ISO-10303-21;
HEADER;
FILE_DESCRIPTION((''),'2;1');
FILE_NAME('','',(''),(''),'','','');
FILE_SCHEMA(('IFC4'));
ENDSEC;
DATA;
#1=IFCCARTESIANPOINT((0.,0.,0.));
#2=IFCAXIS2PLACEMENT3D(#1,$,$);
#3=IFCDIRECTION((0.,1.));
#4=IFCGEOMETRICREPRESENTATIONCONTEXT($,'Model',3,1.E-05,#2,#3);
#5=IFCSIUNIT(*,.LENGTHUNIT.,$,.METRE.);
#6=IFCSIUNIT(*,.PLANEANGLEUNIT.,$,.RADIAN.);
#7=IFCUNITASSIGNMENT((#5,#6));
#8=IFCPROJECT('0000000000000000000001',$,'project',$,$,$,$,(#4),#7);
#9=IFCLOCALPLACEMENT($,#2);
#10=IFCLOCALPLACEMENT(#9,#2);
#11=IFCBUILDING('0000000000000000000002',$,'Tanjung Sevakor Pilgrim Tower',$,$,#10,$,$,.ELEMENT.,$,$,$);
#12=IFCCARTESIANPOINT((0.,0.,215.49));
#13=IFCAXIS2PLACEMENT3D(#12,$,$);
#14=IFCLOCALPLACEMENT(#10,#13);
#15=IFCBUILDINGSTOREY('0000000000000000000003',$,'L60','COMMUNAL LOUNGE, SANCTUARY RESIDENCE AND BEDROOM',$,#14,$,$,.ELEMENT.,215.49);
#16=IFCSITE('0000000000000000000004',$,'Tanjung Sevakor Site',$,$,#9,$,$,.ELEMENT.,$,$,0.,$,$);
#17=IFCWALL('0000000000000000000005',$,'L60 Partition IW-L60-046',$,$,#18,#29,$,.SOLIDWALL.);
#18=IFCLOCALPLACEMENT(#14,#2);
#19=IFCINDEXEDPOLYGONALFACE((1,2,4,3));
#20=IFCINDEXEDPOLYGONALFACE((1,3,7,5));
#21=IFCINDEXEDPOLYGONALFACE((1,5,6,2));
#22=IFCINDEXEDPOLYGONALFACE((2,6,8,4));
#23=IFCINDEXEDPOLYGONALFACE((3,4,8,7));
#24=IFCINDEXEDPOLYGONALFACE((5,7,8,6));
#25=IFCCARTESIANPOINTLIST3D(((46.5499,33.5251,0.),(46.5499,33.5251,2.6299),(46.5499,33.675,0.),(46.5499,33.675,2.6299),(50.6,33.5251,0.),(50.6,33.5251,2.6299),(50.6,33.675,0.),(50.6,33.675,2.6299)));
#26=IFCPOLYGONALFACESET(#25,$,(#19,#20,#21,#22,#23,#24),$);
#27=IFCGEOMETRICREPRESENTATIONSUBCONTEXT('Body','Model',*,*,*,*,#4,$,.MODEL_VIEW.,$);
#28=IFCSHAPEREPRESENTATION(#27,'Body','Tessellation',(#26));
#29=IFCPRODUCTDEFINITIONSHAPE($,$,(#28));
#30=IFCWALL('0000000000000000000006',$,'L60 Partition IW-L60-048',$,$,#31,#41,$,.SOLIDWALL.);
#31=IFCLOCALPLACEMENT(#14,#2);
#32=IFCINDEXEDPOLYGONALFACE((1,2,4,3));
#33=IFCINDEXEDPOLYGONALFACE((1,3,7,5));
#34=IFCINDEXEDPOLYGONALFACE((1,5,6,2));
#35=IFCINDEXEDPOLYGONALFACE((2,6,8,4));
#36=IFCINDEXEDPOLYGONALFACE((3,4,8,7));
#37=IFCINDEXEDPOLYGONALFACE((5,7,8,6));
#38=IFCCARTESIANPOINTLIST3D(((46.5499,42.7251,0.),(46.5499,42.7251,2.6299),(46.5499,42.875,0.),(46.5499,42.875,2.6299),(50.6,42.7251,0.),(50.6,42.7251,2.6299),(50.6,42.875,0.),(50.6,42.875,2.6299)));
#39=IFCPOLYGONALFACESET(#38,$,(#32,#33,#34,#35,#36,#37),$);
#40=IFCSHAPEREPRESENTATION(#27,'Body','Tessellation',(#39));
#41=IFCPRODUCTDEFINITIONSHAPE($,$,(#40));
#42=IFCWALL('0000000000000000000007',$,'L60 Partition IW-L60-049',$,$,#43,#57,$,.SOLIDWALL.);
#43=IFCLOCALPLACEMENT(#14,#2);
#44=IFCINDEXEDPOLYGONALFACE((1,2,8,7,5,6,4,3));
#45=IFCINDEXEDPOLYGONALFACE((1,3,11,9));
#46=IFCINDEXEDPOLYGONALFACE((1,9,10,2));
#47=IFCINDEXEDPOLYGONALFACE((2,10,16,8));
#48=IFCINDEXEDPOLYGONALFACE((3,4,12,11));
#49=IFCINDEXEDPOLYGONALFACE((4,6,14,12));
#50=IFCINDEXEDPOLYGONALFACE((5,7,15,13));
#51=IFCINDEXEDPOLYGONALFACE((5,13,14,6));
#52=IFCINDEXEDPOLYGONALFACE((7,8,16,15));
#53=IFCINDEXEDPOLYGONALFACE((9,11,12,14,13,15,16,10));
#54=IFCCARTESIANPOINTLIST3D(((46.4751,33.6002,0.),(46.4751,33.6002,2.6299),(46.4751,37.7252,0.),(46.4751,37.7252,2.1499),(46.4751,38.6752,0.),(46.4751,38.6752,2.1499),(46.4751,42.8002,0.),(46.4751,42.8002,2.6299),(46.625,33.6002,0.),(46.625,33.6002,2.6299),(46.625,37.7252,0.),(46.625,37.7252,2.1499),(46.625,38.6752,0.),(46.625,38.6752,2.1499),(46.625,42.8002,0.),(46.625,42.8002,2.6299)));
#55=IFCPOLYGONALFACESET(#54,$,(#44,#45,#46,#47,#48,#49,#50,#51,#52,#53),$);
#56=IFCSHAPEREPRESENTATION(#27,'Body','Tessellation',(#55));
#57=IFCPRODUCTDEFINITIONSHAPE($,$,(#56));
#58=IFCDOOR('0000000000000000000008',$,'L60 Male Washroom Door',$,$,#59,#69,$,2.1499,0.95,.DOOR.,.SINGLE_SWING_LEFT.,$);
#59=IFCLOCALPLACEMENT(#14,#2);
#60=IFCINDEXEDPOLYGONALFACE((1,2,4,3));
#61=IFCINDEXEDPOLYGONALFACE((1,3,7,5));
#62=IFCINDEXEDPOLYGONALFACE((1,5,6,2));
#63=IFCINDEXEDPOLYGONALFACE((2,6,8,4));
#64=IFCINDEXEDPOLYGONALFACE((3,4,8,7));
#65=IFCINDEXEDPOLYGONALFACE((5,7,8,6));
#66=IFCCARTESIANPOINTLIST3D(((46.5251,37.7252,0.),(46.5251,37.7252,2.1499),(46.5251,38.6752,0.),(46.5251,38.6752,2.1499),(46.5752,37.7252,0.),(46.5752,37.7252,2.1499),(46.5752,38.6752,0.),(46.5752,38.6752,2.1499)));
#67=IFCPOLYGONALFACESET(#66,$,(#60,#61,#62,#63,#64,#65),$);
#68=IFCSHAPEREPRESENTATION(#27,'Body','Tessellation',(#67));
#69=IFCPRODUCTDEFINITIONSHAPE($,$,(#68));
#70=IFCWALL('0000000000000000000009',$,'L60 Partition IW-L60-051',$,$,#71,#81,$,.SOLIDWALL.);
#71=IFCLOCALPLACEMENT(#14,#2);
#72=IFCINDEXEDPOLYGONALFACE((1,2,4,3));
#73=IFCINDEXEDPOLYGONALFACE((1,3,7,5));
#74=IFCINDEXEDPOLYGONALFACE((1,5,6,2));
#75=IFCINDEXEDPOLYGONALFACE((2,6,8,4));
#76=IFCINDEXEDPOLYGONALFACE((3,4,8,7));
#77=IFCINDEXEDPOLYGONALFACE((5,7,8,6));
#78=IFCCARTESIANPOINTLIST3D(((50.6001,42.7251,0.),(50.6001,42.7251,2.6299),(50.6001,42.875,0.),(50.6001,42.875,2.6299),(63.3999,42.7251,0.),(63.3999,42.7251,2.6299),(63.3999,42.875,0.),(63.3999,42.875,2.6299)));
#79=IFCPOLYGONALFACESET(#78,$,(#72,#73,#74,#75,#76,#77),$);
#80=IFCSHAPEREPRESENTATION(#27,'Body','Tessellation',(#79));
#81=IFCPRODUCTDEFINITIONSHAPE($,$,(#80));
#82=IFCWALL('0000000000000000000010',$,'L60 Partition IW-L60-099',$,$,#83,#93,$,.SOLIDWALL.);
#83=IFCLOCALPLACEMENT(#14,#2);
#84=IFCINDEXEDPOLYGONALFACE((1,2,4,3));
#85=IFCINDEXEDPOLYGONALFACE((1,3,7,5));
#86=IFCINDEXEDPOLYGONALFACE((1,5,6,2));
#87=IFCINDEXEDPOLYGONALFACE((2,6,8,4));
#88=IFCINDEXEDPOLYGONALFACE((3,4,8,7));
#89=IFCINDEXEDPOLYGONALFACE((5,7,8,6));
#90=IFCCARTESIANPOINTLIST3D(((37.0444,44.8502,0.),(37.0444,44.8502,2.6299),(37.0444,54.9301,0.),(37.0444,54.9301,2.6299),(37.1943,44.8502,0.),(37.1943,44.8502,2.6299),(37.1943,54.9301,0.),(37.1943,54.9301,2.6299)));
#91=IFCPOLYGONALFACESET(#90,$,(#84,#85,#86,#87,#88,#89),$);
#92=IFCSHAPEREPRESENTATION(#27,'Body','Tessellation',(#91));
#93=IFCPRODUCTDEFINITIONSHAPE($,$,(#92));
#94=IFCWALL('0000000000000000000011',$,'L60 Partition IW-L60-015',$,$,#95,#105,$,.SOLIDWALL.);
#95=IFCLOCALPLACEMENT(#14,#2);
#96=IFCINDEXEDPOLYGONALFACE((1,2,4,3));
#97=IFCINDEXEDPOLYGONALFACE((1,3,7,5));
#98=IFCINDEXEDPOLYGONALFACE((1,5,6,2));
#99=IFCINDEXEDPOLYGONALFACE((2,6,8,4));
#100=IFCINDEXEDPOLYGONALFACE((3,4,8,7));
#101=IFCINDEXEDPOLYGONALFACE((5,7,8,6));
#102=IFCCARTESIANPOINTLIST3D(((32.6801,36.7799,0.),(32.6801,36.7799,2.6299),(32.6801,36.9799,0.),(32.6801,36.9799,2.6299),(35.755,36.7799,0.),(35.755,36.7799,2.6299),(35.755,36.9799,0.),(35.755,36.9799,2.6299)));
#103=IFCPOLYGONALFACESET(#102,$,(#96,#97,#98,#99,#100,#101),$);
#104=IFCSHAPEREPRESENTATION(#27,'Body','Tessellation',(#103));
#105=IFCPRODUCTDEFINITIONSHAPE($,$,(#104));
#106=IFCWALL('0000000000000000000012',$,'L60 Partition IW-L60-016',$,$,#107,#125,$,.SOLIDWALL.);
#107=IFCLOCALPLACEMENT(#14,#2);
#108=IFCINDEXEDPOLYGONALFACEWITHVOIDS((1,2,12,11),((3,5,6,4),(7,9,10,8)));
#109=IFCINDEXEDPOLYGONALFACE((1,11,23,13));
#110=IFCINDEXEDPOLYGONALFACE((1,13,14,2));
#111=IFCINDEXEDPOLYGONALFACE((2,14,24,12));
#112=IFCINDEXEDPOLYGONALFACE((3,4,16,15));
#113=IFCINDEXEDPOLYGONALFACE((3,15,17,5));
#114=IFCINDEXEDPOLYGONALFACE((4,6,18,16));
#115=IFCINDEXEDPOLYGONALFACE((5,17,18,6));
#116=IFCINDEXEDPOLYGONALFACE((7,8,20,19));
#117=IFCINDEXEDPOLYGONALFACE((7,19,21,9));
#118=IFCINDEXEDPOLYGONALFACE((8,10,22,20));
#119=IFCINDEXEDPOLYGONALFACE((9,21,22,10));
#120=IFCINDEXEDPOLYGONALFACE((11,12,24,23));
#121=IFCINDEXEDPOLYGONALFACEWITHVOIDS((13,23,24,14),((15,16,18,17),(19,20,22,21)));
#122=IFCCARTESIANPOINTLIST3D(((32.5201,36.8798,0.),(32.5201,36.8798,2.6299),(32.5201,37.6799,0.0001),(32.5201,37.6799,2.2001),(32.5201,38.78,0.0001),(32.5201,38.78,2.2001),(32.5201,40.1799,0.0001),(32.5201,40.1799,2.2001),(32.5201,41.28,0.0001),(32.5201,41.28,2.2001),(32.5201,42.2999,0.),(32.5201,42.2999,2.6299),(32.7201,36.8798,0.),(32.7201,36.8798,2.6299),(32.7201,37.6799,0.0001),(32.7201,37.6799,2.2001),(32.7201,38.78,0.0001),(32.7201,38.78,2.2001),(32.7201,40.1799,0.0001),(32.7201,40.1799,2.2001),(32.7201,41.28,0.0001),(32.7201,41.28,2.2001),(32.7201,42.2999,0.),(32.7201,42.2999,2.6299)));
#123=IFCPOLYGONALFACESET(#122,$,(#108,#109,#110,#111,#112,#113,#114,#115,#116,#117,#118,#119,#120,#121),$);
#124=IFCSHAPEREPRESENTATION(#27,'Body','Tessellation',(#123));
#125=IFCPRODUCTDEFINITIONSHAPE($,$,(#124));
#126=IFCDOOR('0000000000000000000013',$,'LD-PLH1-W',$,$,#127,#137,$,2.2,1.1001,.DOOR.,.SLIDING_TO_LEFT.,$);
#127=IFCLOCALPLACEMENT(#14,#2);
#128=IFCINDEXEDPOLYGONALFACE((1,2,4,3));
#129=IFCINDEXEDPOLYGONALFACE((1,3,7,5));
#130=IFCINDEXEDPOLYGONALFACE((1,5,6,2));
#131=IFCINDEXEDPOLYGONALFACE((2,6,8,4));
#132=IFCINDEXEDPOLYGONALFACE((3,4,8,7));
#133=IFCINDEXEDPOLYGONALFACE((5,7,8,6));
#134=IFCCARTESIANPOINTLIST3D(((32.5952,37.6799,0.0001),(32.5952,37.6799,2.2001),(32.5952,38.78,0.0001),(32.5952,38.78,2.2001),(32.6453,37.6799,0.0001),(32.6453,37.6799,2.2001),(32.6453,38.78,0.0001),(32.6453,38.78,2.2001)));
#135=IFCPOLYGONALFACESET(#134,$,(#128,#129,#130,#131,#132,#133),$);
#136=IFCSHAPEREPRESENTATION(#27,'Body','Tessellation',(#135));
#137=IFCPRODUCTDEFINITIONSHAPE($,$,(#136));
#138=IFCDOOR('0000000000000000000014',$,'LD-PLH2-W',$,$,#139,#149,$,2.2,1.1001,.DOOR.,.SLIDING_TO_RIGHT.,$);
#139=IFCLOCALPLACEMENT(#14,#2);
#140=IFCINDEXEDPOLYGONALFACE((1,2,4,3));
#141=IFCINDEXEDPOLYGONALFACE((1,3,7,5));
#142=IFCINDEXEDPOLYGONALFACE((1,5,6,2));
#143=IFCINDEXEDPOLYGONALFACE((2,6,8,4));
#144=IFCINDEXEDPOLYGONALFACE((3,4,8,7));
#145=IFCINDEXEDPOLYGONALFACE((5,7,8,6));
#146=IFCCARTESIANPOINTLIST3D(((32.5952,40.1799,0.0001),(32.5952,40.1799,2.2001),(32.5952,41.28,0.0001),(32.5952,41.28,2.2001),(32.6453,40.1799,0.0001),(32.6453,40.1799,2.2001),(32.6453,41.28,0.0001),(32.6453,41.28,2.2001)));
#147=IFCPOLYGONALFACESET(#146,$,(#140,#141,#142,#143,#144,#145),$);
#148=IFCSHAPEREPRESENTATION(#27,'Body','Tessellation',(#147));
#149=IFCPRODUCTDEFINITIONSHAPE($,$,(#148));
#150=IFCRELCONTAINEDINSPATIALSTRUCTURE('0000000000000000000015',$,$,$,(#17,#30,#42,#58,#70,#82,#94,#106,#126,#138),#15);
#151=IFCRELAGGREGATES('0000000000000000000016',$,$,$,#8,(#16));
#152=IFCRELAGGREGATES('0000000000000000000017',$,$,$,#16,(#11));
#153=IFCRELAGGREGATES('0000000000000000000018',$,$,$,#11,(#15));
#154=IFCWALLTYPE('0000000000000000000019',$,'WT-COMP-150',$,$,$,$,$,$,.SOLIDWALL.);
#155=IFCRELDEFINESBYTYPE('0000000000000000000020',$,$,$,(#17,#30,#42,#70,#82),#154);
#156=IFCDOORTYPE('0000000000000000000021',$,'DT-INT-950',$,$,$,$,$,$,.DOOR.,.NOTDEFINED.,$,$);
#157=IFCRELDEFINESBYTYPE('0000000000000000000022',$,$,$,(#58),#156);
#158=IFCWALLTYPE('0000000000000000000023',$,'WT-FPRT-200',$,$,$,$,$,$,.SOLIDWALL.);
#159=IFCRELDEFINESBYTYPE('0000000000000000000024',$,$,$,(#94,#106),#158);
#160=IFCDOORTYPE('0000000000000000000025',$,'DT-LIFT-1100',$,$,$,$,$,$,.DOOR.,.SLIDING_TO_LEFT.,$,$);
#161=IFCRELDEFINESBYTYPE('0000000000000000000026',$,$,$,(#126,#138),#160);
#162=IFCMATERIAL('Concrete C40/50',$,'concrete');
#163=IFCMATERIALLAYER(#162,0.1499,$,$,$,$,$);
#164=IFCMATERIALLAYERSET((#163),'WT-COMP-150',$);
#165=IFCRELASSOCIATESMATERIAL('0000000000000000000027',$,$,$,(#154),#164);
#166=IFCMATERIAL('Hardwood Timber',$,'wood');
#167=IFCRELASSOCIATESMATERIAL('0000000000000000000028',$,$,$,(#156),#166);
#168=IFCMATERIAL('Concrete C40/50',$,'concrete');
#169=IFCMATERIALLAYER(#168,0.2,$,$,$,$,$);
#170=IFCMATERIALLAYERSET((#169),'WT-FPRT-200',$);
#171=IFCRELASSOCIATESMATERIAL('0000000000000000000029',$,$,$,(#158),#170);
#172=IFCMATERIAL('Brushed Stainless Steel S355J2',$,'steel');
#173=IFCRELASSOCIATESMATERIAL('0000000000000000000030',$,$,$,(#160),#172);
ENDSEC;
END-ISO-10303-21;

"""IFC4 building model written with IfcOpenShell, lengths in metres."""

from ifc_helpers import new_model, si_unit, direction, frame, frame_2d, origin, place, context, subcontext, project, spatial, rectangle, extrude, material, layer, layer_set, type_object, element, fill, save


model = new_model("IFC4")

# Units and contexts
model_context = context("Model", 3, precision=1e-05, world=origin(), true_north=direction((0.0, 1.0)))
body_context = subcontext(model_context, "Body", "Model", "MODEL_VIEW")
ifc_project = project(units=[si_unit("LENGTHUNIT", "METRE"), si_unit("PLANEANGLEUNIT", "RADIAN")], contexts=[model_context])

# Site, building, storey
site_placement = place(None, origin())
site = spatial("IfcSite", under=ifc_project, at=site_placement, Name="Tanjung Sevakor Site", CompositionType="ELEMENT", RefElevation=0.0)
building_placement = place(site_placement, origin())
building = spatial("IfcBuilding", under=site, at=building_placement, Name="Tanjung Sevakor Pilgrim Tower", CompositionType="ELEMENT")
storey_placement = place(building_placement, frame((0.0, 0.0, 215.49)))
storey = spatial("IfcBuildingStorey", under=building, at=storey_placement, Name="L60", Description="COMMUNAL LOUNGE, SANCTUARY RESIDENCE AND BEDROOM", CompositionType="ELEMENT", Elevation=215.49)

# Shared definitions
ifc_material_1 = material(Name="Concrete C40/50", Category="concrete")
ifc_layer_1 = layer(ifc_material_1, 0.1499)
ifc_layer_set_1 = layer_set([ifc_layer_1], Name="WT-COMP-150")
wall_type_1 = type_object("IfcWallType", Name="WT-COMP-150", PredefinedType="SOLIDWALL", material=ifc_layer_set_1)

# Shared definitions
ifc_material_2 = material(Name="Hardwood Timber", Category="wood")
door_type_1 = type_object("IfcDoorType", Name="DT-INT-950", OperationType="NOTDEFINED", PredefinedType="DOOR", material=ifc_material_2)

# Walls
for number, where, z_axis, x_axis, name in (
    (1, (46.55, 33.6001, 0.0), (0.0, 0.0, 1.0), (1.0, 0.0, 0.0), "L60 Partition IW-L60-046"),
    (2, (46.55, 42.8, 0.0), (0.0, 0.0, 1.0), (1.0, 0.0, 0.0), "L60 Partition IW-L60-048"),
):
    element("IfcWall", number, at=place(storey_placement, frame(where, z_axis=z_axis, x_axis=x_axis)), inside=storey, type_object=wall_type_1, Name=name, PredefinedType="SOLIDWALL", context=body_context, shape_type="SweptSolid", body=[
        extrude(rectangle(XDim=4.05, YDim=0.1499, at=frame_2d((2.0249, 0.0))), origin(), (0.0, 0.0, 1.0), 2.6299),
    ])

# Wall, opening, door
wall_1_placement = place(storey_placement, frame((46.55, 33.6001, 0.0), z_axis=(0.0, 0.0, 1.0), x_axis=(0.0, 1.0, 0.0)))
wall_1 = element("IfcWall", 3, at=wall_1_placement, inside=storey, type_object=wall_type_1, Name="L60 Partition IW-L60-049", PredefinedType="SOLIDWALL", context=body_context, shape_type="SweptSolid", body=[
    extrude(rectangle(XDim=9.2, YDim=0.1499, at=frame_2d((4.6001, 0.0))), origin(), (0.0, 0.0, 1.0), 2.6299),
])
opening_1_placement = place(wall_1_placement, frame((4.125, 0.0, 0.0)))
opening_1 = element("IfcOpeningElement", 4, at=opening_1_placement, cuts=wall_1, PredefinedType="OPENING", context=body_context, shape_type="SweptSolid", body=[
    extrude(rectangle(XDim=0.95, YDim=2.1499, at=frame_2d((0.4751, 1.075))), frame((0.0, 0.085, 0.0), z_axis=(0.0, -1.0, 0.0), x_axis=(1.0, 0.0, 0.0)), (0.0, 0.0, 1.0), 0.1699),
])
door_1_placement = place(opening_1_placement, origin())
door_1 = element("IfcDoor", 5, at=door_1_placement, inside=storey, type_object=door_type_1, Name="L60 Male Washroom Door", OperationType="SINGLE_SWING_LEFT", OverallHeight=2.1499, OverallWidth=0.95, PredefinedType="DOOR", context=body_context, shape_type="SweptSolid", body=[
    extrude(rectangle(XDim=0.95, YDim=2.1499, at=frame_2d((0.4751, 1.075))), frame((0.0, 0.0249, 0.0), z_axis=(0.0, -1.0, 0.0), x_axis=(1.0, 0.0, 0.0)), (0.0, 0.0, 1.0), 0.05),
])
fill(opening_1, door_1)

# Walls
wall_2_placement = place(storey_placement, frame((50.6001, 42.8, 0.0), z_axis=(0.0, 0.0, 1.0), x_axis=(1.0, 0.0, 0.0)))
element("IfcWall", 6, at=wall_2_placement, inside=storey, type_object=wall_type_1, Name="L60 Partition IW-L60-051", PredefinedType="SOLIDWALL", context=body_context, shape_type="SweptSolid", body=[
    extrude(rectangle(XDim=12.7998, YDim=0.1499, at=frame_2d((6.3999, 0.0))), origin(), (0.0, 0.0, 1.0), 2.6299),
])
wall_3_placement = place(storey_placement, frame((37.1194, 44.8501, 0.0), z_axis=(0.0, 0.0, 1.0), x_axis=(0.0, 1.0, 0.0)))
element("IfcWall", 7, at=wall_3_placement, inside=storey, type_object=wall_type_1, Name="L60 Partition IW-L60-099", PredefinedType="SOLIDWALL", context=body_context, shape_type="SweptSolid", body=[
    extrude(rectangle(XDim=10.0798, YDim=0.1499, at=frame_2d((5.04, 0.0))), origin(), (0.0, 0.0, 1.0), 2.6299),
])
ifc_material_3 = material(Name="Concrete C40/50", Category="concrete")
ifc_layer_2 = layer(ifc_material_3, 0.2)
ifc_layer_set_2 = layer_set([ifc_layer_2], Name="WT-FPRT-200")
wall_type_2 = type_object("IfcWallType", Name="WT-FPRT-200", PredefinedType="SOLIDWALL", material=ifc_layer_set_2)
wall_4_placement = place(storey_placement, frame((32.6799, 36.8799, 0.0), z_axis=(0.0, 0.0, 1.0), x_axis=(1.0, 0.0, 0.0)))
element("IfcWall", 8, at=wall_4_placement, inside=storey, type_object=wall_type_2, Name="L60 Partition IW-L60-015", PredefinedType="SOLIDWALL", context=body_context, shape_type="SweptSolid", body=[
    extrude(rectangle(XDim=3.075, YDim=0.2, at=frame_2d((1.5376, 0.0))), origin(), (0.0, 0.0, 1.0), 2.6299),
])

# Wall, openings, doors
wall_5_placement = place(storey_placement, frame((32.6201, 36.8799, 0.0), z_axis=(0.0, 0.0, 1.0), x_axis=(0.0, 1.0, 0.0)))
wall_5 = element("IfcWall", 9, at=wall_5_placement, inside=storey, type_object=wall_type_2, Name="L60 Partition IW-L60-016", PredefinedType="SOLIDWALL", context=body_context, shape_type="SweptSolid", body=[
    extrude(rectangle(XDim=5.4202, YDim=0.2, at=frame_2d((2.71, 0.0))), origin(), (0.0, 0.0, 1.0), 2.6299),
])
opening_2_placement = place(wall_5_placement, frame((0.8, 0.0, 0.0)))
opening_2 = element("IfcOpeningElement", 10, at=opening_2_placement, cuts=wall_5, PredefinedType="OPENING", context=body_context, shape_type="SweptSolid", body=[
    extrude(rectangle(XDim=1.1001, YDim=2.2, at=frame_2d((0.55, 1.1001))), frame((0.0, 0.1099, 0.0), z_axis=(0.0, -1.0, 0.0), x_axis=(1.0, 0.0, 0.0)), (0.0, 0.0, 1.0), 0.22),
])
opening_3_placement = place(wall_5_placement, frame((3.3, 0.0, 0.0)))
opening_3 = element("IfcOpeningElement", 11, at=opening_3_placement, cuts=wall_5, PredefinedType="OPENING", context=body_context, shape_type="SweptSolid", body=[
    extrude(rectangle(XDim=1.1001, YDim=2.2, at=frame_2d((0.55, 1.1001))), frame((0.0, 0.1099, 0.0), z_axis=(0.0, -1.0, 0.0), x_axis=(1.0, 0.0, 0.0)), (0.0, 0.0, 1.0), 0.22),
])
ifc_material_4 = material(Name="Brushed Stainless Steel S355J2", Category="steel")
door_type_2 = type_object("IfcDoorType", Name="DT-LIFT-1100", OperationType="SLIDING_TO_LEFT", PredefinedType="DOOR", material=ifc_material_4)
door_2_placement = place(opening_2_placement, origin())
door_2 = element("IfcDoor", 12, at=door_2_placement, inside=storey, type_object=door_type_2, Name="LD-PLH1-W", OperationType="SLIDING_TO_LEFT", OverallHeight=2.2, OverallWidth=1.1001, PredefinedType="DOOR", context=body_context, shape_type="SweptSolid", body=[
    extrude(rectangle(XDim=1.1001, YDim=2.2, at=frame_2d((0.55, 1.1001))), frame((0.0, 0.0249, 0.0), z_axis=(0.0, -1.0, 0.0), x_axis=(1.0, 0.0, 0.0)), (0.0, 0.0, 1.0), 0.05),
])
fill(opening_2, door_2)
door_3_placement = place(opening_3_placement, origin())
door_3 = element("IfcDoor", 13, at=door_3_placement, inside=storey, type_object=door_type_2, Name="LD-PLH2-W", OperationType="SLIDING_TO_RIGHT", OverallHeight=2.2, OverallWidth=1.1001, PredefinedType="DOOR", context=body_context, shape_type="SweptSolid", body=[
    extrude(rectangle(XDim=1.1001, YDim=2.2, at=frame_2d((0.55, 1.1001))), frame((0.0, 0.0249, 0.0), z_axis=(0.0, -1.0, 0.0), x_axis=(1.0, 0.0, 0.0)), (0.0, 0.0, 1.0), 0.05),
])
fill(opening_3, door_3)

save(model, "model.ifc")
